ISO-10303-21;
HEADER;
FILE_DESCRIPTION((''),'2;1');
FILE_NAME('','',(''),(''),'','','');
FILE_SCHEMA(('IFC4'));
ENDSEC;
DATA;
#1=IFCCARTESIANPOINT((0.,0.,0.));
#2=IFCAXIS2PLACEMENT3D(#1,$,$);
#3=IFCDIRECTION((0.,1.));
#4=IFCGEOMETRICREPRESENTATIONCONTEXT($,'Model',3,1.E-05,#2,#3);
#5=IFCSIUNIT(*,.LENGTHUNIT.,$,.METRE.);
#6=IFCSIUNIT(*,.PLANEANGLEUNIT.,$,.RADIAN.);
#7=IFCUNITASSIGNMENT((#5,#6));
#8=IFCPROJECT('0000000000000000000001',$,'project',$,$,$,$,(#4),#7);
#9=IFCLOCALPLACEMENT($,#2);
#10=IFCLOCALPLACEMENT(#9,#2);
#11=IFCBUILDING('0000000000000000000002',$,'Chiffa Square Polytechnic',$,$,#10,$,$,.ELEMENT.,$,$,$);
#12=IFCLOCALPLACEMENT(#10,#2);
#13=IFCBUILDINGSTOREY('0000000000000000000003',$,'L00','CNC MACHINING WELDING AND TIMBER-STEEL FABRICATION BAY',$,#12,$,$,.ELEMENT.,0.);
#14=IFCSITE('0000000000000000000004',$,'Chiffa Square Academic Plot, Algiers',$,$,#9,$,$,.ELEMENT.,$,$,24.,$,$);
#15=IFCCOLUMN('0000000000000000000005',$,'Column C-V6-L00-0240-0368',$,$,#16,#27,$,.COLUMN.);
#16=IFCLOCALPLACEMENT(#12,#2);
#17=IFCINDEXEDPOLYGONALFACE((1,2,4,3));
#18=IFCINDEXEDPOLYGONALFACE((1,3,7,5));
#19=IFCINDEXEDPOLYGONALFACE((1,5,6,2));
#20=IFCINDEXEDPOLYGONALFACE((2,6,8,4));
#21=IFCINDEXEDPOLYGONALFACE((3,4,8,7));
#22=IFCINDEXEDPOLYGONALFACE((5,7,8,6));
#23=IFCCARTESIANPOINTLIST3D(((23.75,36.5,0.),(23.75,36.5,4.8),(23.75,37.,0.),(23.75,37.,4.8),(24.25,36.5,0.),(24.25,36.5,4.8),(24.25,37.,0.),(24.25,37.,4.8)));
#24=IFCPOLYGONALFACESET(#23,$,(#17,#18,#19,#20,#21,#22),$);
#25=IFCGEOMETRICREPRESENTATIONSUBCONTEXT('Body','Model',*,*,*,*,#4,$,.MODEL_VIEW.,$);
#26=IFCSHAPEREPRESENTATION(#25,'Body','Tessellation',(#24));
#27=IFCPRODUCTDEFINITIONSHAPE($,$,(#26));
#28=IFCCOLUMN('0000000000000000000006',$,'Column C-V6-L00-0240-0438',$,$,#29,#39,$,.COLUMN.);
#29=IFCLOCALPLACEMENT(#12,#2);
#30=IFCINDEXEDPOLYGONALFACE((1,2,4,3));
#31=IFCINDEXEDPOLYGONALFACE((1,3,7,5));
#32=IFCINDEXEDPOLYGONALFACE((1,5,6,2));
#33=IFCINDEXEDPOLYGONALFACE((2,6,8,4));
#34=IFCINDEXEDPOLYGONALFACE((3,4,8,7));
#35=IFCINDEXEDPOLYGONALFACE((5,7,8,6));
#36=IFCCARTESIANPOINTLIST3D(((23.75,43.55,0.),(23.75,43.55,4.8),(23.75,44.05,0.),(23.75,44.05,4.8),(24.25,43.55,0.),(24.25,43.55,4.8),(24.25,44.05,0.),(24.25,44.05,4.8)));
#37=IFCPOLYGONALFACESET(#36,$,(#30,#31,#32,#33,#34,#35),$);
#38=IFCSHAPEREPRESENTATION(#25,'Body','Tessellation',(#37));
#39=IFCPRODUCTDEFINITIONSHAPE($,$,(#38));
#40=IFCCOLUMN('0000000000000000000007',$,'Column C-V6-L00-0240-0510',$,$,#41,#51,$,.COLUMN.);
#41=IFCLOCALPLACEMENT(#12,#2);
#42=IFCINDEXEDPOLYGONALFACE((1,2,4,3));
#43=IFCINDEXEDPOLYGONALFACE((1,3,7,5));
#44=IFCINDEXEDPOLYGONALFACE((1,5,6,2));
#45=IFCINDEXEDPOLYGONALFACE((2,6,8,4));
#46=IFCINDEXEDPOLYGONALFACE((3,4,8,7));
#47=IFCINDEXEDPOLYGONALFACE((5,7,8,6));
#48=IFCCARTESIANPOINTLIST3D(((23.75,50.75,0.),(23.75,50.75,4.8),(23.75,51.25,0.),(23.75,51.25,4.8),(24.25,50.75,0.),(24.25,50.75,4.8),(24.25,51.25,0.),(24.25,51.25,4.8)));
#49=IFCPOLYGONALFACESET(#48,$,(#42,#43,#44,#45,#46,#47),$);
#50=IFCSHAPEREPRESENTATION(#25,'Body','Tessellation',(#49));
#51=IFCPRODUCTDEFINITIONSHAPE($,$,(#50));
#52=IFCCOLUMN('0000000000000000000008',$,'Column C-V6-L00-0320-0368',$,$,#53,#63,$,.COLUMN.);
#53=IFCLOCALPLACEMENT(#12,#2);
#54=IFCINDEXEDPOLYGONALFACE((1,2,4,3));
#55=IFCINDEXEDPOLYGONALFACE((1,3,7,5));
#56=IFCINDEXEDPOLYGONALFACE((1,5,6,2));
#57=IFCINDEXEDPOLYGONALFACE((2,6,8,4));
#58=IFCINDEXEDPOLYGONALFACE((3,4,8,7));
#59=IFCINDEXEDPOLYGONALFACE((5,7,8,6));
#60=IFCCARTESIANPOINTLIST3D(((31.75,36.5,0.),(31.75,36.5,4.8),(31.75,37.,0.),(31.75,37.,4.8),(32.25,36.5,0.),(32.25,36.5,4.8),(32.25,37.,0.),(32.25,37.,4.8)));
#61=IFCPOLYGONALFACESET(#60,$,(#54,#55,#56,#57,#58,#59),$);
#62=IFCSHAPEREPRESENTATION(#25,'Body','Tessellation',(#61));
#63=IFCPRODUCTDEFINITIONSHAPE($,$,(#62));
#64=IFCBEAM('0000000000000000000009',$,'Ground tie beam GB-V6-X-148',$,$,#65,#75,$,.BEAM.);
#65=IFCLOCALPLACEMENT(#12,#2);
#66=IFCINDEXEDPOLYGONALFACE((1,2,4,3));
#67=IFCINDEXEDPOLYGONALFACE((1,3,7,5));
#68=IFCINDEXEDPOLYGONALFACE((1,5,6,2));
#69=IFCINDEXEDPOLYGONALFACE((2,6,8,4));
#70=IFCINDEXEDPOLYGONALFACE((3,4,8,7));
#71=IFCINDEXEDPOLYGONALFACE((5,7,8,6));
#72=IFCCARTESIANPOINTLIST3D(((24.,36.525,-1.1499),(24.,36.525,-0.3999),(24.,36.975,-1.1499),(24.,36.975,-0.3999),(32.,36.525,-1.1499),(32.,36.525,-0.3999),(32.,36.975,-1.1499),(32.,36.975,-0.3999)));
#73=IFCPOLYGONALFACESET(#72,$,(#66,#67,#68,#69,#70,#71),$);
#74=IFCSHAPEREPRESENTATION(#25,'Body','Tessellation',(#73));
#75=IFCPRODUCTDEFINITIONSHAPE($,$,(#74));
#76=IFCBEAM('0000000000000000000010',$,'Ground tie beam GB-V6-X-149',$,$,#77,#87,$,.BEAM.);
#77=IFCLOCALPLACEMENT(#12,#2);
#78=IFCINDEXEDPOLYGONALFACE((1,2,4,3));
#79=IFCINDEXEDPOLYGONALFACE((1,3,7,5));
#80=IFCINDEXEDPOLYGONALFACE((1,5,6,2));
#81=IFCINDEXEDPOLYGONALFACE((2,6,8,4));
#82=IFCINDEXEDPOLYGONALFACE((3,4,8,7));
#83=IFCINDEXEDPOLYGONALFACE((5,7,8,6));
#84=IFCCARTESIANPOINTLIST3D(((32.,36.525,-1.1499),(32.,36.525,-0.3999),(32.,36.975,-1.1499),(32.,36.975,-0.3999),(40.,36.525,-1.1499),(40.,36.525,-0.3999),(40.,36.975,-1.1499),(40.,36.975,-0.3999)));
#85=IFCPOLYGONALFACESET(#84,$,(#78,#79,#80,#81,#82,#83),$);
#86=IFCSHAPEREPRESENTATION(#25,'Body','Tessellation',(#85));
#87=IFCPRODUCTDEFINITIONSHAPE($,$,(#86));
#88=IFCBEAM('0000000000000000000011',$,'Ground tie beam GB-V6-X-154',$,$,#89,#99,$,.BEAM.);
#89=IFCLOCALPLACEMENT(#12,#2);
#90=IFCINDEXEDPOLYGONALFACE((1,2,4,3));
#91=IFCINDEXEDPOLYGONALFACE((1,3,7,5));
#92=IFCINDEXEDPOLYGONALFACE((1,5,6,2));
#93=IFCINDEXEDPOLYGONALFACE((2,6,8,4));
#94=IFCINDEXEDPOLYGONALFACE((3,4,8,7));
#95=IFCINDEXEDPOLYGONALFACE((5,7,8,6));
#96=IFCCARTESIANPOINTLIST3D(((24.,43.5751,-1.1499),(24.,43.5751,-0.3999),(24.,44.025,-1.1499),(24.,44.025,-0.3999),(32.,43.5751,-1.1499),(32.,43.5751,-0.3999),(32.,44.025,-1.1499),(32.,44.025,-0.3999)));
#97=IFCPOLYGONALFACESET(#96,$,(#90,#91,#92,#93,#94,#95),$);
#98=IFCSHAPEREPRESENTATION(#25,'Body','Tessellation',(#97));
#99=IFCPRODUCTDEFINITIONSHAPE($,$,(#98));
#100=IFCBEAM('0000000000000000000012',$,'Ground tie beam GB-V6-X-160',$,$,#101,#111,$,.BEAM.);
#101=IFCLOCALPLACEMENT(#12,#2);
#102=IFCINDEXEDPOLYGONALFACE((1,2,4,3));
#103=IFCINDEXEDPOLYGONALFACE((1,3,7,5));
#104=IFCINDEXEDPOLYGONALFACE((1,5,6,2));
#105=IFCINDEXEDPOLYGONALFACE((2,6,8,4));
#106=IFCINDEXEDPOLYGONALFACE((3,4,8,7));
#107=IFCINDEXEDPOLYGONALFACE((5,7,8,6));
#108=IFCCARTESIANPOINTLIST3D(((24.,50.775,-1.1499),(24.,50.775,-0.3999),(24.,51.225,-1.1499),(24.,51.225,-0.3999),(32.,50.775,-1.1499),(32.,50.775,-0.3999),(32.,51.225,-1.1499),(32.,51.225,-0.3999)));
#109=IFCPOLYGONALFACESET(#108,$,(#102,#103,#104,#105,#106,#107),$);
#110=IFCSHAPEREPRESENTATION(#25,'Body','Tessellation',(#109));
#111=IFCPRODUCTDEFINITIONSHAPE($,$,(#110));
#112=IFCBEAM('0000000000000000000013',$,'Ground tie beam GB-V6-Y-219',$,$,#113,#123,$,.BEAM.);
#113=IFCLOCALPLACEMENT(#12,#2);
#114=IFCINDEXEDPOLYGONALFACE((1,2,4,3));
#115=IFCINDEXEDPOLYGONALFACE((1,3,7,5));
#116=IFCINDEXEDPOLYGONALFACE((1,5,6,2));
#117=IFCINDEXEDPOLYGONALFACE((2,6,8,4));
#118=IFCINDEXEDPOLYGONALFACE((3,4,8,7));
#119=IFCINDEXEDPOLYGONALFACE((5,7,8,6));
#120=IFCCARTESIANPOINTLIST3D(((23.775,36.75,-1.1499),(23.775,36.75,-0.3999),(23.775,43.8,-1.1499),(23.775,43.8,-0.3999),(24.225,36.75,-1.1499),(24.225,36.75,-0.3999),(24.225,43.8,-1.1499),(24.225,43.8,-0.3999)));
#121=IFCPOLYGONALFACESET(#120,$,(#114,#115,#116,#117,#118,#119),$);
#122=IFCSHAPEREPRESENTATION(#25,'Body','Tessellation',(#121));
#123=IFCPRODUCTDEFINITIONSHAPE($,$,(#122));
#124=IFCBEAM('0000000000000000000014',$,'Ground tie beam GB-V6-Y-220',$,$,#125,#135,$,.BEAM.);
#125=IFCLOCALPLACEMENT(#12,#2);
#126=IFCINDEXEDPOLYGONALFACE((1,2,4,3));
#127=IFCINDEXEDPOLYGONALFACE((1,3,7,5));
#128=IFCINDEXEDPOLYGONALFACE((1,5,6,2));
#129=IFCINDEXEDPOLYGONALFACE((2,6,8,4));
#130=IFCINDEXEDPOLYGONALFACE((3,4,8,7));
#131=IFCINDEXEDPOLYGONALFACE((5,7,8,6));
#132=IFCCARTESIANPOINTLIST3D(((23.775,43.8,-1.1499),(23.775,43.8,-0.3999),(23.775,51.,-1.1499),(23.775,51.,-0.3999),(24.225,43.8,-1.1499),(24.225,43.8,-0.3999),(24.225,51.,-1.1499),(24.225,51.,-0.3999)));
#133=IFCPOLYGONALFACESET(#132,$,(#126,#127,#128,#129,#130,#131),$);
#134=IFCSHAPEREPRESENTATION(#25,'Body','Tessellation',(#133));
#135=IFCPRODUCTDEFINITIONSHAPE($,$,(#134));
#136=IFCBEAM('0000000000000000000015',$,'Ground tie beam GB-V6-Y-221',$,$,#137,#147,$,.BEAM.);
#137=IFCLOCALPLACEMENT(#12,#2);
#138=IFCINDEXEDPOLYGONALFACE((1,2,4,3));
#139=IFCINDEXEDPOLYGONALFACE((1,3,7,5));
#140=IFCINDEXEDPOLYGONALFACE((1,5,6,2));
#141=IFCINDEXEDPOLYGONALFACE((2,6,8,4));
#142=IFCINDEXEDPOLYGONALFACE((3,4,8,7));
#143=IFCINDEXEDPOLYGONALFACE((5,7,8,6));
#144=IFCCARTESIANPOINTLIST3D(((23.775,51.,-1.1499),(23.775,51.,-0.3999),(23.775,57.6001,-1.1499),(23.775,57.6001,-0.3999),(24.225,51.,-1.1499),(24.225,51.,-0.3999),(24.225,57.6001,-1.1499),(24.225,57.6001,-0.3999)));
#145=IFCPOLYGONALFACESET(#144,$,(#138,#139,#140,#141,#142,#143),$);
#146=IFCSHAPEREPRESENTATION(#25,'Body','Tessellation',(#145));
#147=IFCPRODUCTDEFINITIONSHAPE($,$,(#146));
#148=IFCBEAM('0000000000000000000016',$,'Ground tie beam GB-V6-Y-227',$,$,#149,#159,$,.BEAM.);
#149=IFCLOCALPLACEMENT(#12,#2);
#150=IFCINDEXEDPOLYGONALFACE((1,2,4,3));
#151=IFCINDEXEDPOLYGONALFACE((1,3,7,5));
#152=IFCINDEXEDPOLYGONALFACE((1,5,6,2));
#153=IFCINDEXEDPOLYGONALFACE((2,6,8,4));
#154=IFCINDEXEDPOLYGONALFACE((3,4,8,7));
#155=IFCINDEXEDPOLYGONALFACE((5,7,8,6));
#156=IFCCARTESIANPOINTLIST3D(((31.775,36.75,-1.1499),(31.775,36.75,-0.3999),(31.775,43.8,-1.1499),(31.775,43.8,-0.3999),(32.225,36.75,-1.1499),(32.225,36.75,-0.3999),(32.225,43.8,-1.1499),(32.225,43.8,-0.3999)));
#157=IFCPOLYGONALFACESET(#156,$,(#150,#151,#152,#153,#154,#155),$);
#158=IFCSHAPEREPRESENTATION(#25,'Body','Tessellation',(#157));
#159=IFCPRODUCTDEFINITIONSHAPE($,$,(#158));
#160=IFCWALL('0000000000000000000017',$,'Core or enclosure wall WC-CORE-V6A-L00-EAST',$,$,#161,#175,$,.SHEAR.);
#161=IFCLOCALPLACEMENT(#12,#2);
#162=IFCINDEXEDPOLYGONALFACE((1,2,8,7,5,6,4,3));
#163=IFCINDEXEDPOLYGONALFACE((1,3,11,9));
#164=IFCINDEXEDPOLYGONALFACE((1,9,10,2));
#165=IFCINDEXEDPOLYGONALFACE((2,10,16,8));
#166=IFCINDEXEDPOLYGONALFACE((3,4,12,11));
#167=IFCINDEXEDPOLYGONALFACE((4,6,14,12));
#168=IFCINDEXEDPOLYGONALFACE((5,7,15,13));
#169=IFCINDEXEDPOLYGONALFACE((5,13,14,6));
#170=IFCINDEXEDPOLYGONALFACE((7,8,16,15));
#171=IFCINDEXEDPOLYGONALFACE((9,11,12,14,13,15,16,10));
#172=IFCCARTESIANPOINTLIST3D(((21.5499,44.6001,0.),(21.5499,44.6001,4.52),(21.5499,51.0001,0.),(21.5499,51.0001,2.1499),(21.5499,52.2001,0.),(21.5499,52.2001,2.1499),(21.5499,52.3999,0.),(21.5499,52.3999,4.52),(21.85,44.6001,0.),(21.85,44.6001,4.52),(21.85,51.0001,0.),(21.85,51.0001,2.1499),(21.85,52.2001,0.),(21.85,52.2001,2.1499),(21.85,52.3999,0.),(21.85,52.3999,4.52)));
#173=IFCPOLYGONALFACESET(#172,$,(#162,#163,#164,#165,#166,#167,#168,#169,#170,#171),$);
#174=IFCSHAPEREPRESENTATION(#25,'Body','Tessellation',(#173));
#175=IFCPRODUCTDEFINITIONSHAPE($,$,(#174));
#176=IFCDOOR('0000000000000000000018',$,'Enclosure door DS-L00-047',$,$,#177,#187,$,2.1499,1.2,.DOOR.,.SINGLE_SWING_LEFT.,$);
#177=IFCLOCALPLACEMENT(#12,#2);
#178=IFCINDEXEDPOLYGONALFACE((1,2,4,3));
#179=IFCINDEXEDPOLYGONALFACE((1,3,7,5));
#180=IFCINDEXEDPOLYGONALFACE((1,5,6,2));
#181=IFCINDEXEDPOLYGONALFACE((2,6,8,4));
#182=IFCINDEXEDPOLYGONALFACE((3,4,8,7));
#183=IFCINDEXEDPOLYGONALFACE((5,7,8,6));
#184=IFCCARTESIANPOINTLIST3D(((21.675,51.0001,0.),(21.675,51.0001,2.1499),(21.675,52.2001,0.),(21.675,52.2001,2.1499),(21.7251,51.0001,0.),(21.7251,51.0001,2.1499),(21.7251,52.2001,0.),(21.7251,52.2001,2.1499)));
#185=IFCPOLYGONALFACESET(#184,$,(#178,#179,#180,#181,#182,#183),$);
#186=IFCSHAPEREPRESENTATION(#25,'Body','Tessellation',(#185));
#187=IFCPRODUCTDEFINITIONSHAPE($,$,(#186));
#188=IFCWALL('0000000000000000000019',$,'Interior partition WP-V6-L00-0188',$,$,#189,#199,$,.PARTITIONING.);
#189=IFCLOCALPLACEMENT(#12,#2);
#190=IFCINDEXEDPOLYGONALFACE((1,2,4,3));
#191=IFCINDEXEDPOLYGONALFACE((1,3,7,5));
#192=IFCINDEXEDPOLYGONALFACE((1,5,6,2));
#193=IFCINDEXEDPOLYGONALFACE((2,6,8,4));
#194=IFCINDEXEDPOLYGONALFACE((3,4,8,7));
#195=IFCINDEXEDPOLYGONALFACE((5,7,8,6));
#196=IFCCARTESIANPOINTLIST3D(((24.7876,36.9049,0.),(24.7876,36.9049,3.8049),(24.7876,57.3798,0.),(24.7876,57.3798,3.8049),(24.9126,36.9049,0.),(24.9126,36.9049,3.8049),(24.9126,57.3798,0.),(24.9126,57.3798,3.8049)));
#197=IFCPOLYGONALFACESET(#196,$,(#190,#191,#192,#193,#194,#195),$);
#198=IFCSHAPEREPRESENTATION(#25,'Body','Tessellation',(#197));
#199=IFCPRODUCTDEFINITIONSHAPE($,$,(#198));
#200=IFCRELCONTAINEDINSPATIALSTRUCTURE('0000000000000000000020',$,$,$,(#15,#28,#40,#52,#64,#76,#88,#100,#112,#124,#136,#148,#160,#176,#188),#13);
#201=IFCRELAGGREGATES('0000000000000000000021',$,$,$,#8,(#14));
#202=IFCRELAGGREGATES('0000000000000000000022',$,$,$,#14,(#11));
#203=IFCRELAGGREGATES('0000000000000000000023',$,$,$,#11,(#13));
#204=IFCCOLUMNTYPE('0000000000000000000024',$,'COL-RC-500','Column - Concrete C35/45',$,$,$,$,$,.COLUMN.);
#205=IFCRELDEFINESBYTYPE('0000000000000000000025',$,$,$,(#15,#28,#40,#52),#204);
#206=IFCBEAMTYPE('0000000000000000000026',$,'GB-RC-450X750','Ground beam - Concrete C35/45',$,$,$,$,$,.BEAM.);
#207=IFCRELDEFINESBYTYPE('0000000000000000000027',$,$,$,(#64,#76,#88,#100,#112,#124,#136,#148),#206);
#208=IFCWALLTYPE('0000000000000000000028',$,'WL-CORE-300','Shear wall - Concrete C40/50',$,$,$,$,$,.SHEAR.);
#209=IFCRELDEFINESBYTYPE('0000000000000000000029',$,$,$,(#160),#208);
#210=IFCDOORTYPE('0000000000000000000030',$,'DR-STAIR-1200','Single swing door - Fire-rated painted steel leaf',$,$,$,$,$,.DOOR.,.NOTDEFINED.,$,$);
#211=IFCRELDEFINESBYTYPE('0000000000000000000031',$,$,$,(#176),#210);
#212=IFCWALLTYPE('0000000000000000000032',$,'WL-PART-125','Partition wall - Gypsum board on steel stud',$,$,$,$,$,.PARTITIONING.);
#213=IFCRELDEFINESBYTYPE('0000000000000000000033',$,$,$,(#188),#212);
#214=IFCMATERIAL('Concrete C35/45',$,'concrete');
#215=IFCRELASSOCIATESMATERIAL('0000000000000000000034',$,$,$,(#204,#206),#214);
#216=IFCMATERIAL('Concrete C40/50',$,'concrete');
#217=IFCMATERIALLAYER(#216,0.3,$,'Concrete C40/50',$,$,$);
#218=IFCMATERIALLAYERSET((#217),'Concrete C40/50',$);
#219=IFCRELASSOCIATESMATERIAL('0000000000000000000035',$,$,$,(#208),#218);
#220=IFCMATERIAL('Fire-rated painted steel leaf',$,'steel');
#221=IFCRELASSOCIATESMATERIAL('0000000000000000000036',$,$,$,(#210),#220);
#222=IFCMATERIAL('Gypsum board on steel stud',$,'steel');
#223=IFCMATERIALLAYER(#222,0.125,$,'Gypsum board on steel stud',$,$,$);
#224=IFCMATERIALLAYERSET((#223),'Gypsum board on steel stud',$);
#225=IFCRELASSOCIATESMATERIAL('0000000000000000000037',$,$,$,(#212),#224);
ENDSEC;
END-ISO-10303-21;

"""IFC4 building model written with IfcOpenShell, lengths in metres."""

from ifc_helpers import new_model, si_unit, direction, frame, frame_2d, origin, origin_2d, place, context, subcontext, project, spatial, rectangle, extrude, material, layer, layer_set, material_profile, profile_set, type_object, element, fill, save


model = new_model("IFC4")

# Units and contexts
model_context = context("Model", 3, precision=1e-05, world=origin(), true_north=direction((0.0, 1.0)))
body_context = subcontext(model_context, "Body", "Model", "MODEL_VIEW")
ifc_project = project(units=[si_unit("LENGTHUNIT", "METRE"), si_unit("PLANEANGLEUNIT", "RADIAN")], contexts=[model_context])

# Site, building, storey
site_placement = place(None, origin())
site = spatial("IfcSite", under=ifc_project, at=site_placement, Name="Chiffa Square Academic Plot, Algiers", CompositionType="ELEMENT", RefElevation=24.0)
building_placement = place(site_placement, origin())
building = spatial("IfcBuilding", under=site, at=building_placement, Name="Chiffa Square Polytechnic", CompositionType="ELEMENT")
storey_placement = place(building_placement, origin())
storey = spatial("IfcBuildingStorey", under=building, at=storey_placement, Name="L00", Description="CNC MACHINING WELDING AND TIMBER-STEEL FABRICATION BAY", CompositionType="ELEMENT", Elevation=0.0)

# Columns
ifc_material_1 = material(Name="Concrete C35/45", Category="concrete")
ifc_material_profile_1 = material_profile(ifc_material_1, rectangle(XDim=0.5, YDim=0.5, at=origin_2d()), Name="RC 500x500")
ifc_profile_set_1 = profile_set([ifc_material_profile_1], Name="Concrete C35/45")
column_type = type_object("IfcColumnType", Name="COL-RC-500", Description="Column - Concrete C35/45", PredefinedType="COLUMN", material=ifc_profile_set_1)
for number, where, z_axis, x_axis, name in (
    (1, (24.0, 36.75, 0.0), (0.0, 0.0, 1.0), (1.0, 0.0, 0.0), "Column C-V6-L00-0240-0368"),
    (2, (24.0, 43.8, 0.0), (0.0, 0.0, 1.0), (1.0, 0.0, 0.0), "Column C-V6-L00-0240-0438"),
    (3, (24.0, 51.0, 0.0), (0.0, 0.0, 1.0), (1.0, 0.0, 0.0), "Column C-V6-L00-0240-0510"),
    (4, (32.0, 36.75, 0.0), (0.0, 0.0, 1.0), (1.0, 0.0, 0.0), "Column C-V6-L00-0320-0368"),
):
    element("IfcColumn", number, at=place(storey_placement, frame(where, z_axis=z_axis, x_axis=x_axis)), inside=storey, type_object=column_type, Name=name, PredefinedType="COLUMN", context=body_context, shape_type="SweptSolid", body=[
        extrude(rectangle(XDim=0.5, YDim=0.5, at=origin_2d()), origin(), (0.0, 0.0, 1.0), 4.8),
    ])

# Beams
ifc_material_profile_2 = material_profile(ifc_material_1, rectangle(XDim=0.45, YDim=0.75, at=origin_2d()), Name="RC 450x750")
ifc_profile_set_2 = profile_set([ifc_material_profile_2], Name="Concrete C35/45")
beam_type = type_object("IfcBeamType", Name="GB-RC-450X750", Description="Ground beam - Concrete C35/45", PredefinedType="BEAM", material=ifc_profile_set_2)
for number, where, z_axis, x_axis, name in (
    (5, (24.0, 36.75, -0.7749), (1.0, 0.0, 0.0), (0.0, 1.0, 0.0), "Ground tie beam GB-V6-X-148"),
    (6, (32.0, 36.75, -0.7749), (1.0, 0.0, 0.0), (0.0, 1.0, 0.0), "Ground tie beam GB-V6-X-149"),
    (7, (24.0, 43.8, -0.7749), (1.0, 0.0, 0.0), (0.0, 1.0, 0.0), "Ground tie beam GB-V6-X-154"),
    (8, (24.0, 51.0, -0.7749), (1.0, 0.0, 0.0), (0.0, 1.0, 0.0), "Ground tie beam GB-V6-X-160"),
):
    element("IfcBeam", number, at=place(storey_placement, frame(where, z_axis=z_axis, x_axis=x_axis)), inside=storey, type_object=beam_type, Name=name, PredefinedType="BEAM", context=body_context, shape_type="SweptSolid", body=[
        extrude(rectangle(XDim=0.45, YDim=0.75, at=origin_2d()), origin(), (0.0, 0.0, 1.0), 8.0),
    ])
beam_1_placement = place(storey_placement, frame((24.0, 36.75, -0.7749), z_axis=(0.0, 1.0, 0.0), x_axis=(-1.0, 0.0, 0.0)))
element("IfcBeam", 9, at=beam_1_placement, inside=storey, type_object=beam_type, Name="Ground tie beam GB-V6-Y-219", PredefinedType="BEAM", context=body_context, shape_type="SweptSolid", body=[
    extrude(rectangle(XDim=0.45, YDim=0.75, at=origin_2d()), origin(), (0.0, 0.0, 1.0), 7.05),
])
beam_2_placement = place(storey_placement, frame((24.0, 43.8, -0.7749), z_axis=(0.0, 1.0, 0.0), x_axis=(-1.0, 0.0, 0.0)))
element("IfcBeam", 10, at=beam_2_placement, inside=storey, type_object=beam_type, Name="Ground tie beam GB-V6-Y-220", PredefinedType="BEAM", context=body_context, shape_type="SweptSolid", body=[
    extrude(rectangle(XDim=0.45, YDim=0.75, at=origin_2d()), origin(), (0.0, 0.0, 1.0), 7.2),
])
beam_3_placement = place(storey_placement, frame((24.0, 51.0, -0.7749), z_axis=(0.0, 1.0, 0.0), x_axis=(-1.0, 0.0, 0.0)))
element("IfcBeam", 11, at=beam_3_placement, inside=storey, type_object=beam_type, Name="Ground tie beam GB-V6-Y-221", PredefinedType="BEAM", context=body_context, shape_type="SweptSolid", body=[
    extrude(rectangle(XDim=0.45, YDim=0.75, at=origin_2d()), origin(), (0.0, 0.0, 1.0), 6.6001),
])
beam_4_placement = place(storey_placement, frame((32.0, 36.75, -0.7749), z_axis=(0.0, 1.0, 0.0), x_axis=(-1.0, 0.0, 0.0)))
element("IfcBeam", 12, at=beam_4_placement, inside=storey, type_object=beam_type, Name="Ground tie beam GB-V6-Y-227", PredefinedType="BEAM", context=body_context, shape_type="SweptSolid", body=[
    extrude(rectangle(XDim=0.45, YDim=0.75, at=origin_2d()), origin(), (0.0, 0.0, 1.0), 7.05),
])

# Wall, opening, door
ifc_material_2 = material(Name="Concrete C40/50", Category="concrete")
ifc_layer_1 = layer(ifc_material_2, 0.3, Name="Concrete C40/50")
ifc_layer_set_1 = layer_set([ifc_layer_1], Name="Concrete C40/50")
wall_type_1 = type_object("IfcWallType", Name="WL-CORE-300", Description="Shear wall - Concrete C40/50", PredefinedType="SHEAR", material=ifc_layer_set_1)
wall_1_placement = place(storey_placement, frame((21.7, 44.6001, 0.0), z_axis=(0.0, 0.0, 1.0), x_axis=(0.0, 1.0, 0.0)))
wall_1 = element("IfcWall", 13, at=wall_1_placement, inside=storey, type_object=wall_type_1, Name="Core or enclosure wall WC-CORE-V6A-L00-EAST", PredefinedType="SHEAR", context=body_context, shape_type="SweptSolid", body=[
    extrude(rectangle(XDim=7.7998, YDim=0.3, at=frame_2d((3.8999, 0.0))), origin(), (0.0, 0.0, 1.0), 4.52),
])
opening_1_placement = place(wall_1_placement, frame((6.3999, 0.0, 0.0)))
opening_1 = element("IfcOpeningElement", 14, at=opening_1_placement, cuts=wall_1, PredefinedType="OPENING", context=body_context, shape_type="SweptSolid", body=[
    extrude(rectangle(XDim=1.2, YDim=2.1499, at=frame_2d((0.6001, 1.075))), frame((0.0, 0.1602, 0.0), z_axis=(0.0, -1.0, 0.0), x_axis=(1.0, 0.0, 0.0)), (0.0, 0.0, 1.0), 0.3201),
])
ifc_material_3 = material(Name="Fire-rated painted steel leaf", Category="steel")
door_type_1 = type_object("IfcDoorType", Name="DR-STAIR-1200", Description="Single swing door - Fire-rated painted steel leaf", OperationType="NOTDEFINED", PredefinedType="DOOR", material=ifc_material_3)
door_1_placement = place(opening_1_placement, origin())
door_1 = element("IfcDoor", 15, at=door_1_placement, inside=storey, type_object=door_type_1, Name="Enclosure door DS-L00-047", OperationType="SINGLE_SWING_LEFT", OverallHeight=2.1499, OverallWidth=1.2, PredefinedType="DOOR", context=body_context, shape_type="SweptSolid", body=[
    extrude(rectangle(XDim=1.2, YDim=2.1499, at=frame_2d((0.6001, 1.075))), frame((0.0, 0.0249, 0.0), z_axis=(0.0, -1.0, 0.0), x_axis=(1.0, 0.0, 0.0)), (0.0, 0.0, 1.0), 0.05),
])
fill(opening_1, door_1)

# Wall
ifc_material_4 = material(Name="Gypsum board on steel stud", Category="steel")
ifc_layer_2 = layer(ifc_material_4, 0.125, Name="Gypsum board on steel stud")
ifc_layer_set_2 = layer_set([ifc_layer_2], Name="Gypsum board on steel stud")
wall_type_2 = type_object("IfcWallType", Name="WL-PART-125", Description="Partition wall - Gypsum board on steel stud", PredefinedType="PARTITIONING", material=ifc_layer_set_2)
wall_2_placement = place(storey_placement, frame((24.8501, 36.905, 0.0), z_axis=(0.0, 0.0, 1.0), x_axis=(0.0, 1.0, 0.0)))
element("IfcWall", 16, at=wall_2_placement, inside=storey, type_object=wall_type_2, Name="Interior partition WP-V6-L00-0188", PredefinedType="PARTITIONING", context=body_context, shape_type="SweptSolid", body=[
    extrude(rectangle(XDim=20.4749, YDim=0.125, at=frame_2d((10.2373, 0.0))), origin(), (0.0, 0.0, 1.0), 3.8049),
])

save(model, "model.ifc")
